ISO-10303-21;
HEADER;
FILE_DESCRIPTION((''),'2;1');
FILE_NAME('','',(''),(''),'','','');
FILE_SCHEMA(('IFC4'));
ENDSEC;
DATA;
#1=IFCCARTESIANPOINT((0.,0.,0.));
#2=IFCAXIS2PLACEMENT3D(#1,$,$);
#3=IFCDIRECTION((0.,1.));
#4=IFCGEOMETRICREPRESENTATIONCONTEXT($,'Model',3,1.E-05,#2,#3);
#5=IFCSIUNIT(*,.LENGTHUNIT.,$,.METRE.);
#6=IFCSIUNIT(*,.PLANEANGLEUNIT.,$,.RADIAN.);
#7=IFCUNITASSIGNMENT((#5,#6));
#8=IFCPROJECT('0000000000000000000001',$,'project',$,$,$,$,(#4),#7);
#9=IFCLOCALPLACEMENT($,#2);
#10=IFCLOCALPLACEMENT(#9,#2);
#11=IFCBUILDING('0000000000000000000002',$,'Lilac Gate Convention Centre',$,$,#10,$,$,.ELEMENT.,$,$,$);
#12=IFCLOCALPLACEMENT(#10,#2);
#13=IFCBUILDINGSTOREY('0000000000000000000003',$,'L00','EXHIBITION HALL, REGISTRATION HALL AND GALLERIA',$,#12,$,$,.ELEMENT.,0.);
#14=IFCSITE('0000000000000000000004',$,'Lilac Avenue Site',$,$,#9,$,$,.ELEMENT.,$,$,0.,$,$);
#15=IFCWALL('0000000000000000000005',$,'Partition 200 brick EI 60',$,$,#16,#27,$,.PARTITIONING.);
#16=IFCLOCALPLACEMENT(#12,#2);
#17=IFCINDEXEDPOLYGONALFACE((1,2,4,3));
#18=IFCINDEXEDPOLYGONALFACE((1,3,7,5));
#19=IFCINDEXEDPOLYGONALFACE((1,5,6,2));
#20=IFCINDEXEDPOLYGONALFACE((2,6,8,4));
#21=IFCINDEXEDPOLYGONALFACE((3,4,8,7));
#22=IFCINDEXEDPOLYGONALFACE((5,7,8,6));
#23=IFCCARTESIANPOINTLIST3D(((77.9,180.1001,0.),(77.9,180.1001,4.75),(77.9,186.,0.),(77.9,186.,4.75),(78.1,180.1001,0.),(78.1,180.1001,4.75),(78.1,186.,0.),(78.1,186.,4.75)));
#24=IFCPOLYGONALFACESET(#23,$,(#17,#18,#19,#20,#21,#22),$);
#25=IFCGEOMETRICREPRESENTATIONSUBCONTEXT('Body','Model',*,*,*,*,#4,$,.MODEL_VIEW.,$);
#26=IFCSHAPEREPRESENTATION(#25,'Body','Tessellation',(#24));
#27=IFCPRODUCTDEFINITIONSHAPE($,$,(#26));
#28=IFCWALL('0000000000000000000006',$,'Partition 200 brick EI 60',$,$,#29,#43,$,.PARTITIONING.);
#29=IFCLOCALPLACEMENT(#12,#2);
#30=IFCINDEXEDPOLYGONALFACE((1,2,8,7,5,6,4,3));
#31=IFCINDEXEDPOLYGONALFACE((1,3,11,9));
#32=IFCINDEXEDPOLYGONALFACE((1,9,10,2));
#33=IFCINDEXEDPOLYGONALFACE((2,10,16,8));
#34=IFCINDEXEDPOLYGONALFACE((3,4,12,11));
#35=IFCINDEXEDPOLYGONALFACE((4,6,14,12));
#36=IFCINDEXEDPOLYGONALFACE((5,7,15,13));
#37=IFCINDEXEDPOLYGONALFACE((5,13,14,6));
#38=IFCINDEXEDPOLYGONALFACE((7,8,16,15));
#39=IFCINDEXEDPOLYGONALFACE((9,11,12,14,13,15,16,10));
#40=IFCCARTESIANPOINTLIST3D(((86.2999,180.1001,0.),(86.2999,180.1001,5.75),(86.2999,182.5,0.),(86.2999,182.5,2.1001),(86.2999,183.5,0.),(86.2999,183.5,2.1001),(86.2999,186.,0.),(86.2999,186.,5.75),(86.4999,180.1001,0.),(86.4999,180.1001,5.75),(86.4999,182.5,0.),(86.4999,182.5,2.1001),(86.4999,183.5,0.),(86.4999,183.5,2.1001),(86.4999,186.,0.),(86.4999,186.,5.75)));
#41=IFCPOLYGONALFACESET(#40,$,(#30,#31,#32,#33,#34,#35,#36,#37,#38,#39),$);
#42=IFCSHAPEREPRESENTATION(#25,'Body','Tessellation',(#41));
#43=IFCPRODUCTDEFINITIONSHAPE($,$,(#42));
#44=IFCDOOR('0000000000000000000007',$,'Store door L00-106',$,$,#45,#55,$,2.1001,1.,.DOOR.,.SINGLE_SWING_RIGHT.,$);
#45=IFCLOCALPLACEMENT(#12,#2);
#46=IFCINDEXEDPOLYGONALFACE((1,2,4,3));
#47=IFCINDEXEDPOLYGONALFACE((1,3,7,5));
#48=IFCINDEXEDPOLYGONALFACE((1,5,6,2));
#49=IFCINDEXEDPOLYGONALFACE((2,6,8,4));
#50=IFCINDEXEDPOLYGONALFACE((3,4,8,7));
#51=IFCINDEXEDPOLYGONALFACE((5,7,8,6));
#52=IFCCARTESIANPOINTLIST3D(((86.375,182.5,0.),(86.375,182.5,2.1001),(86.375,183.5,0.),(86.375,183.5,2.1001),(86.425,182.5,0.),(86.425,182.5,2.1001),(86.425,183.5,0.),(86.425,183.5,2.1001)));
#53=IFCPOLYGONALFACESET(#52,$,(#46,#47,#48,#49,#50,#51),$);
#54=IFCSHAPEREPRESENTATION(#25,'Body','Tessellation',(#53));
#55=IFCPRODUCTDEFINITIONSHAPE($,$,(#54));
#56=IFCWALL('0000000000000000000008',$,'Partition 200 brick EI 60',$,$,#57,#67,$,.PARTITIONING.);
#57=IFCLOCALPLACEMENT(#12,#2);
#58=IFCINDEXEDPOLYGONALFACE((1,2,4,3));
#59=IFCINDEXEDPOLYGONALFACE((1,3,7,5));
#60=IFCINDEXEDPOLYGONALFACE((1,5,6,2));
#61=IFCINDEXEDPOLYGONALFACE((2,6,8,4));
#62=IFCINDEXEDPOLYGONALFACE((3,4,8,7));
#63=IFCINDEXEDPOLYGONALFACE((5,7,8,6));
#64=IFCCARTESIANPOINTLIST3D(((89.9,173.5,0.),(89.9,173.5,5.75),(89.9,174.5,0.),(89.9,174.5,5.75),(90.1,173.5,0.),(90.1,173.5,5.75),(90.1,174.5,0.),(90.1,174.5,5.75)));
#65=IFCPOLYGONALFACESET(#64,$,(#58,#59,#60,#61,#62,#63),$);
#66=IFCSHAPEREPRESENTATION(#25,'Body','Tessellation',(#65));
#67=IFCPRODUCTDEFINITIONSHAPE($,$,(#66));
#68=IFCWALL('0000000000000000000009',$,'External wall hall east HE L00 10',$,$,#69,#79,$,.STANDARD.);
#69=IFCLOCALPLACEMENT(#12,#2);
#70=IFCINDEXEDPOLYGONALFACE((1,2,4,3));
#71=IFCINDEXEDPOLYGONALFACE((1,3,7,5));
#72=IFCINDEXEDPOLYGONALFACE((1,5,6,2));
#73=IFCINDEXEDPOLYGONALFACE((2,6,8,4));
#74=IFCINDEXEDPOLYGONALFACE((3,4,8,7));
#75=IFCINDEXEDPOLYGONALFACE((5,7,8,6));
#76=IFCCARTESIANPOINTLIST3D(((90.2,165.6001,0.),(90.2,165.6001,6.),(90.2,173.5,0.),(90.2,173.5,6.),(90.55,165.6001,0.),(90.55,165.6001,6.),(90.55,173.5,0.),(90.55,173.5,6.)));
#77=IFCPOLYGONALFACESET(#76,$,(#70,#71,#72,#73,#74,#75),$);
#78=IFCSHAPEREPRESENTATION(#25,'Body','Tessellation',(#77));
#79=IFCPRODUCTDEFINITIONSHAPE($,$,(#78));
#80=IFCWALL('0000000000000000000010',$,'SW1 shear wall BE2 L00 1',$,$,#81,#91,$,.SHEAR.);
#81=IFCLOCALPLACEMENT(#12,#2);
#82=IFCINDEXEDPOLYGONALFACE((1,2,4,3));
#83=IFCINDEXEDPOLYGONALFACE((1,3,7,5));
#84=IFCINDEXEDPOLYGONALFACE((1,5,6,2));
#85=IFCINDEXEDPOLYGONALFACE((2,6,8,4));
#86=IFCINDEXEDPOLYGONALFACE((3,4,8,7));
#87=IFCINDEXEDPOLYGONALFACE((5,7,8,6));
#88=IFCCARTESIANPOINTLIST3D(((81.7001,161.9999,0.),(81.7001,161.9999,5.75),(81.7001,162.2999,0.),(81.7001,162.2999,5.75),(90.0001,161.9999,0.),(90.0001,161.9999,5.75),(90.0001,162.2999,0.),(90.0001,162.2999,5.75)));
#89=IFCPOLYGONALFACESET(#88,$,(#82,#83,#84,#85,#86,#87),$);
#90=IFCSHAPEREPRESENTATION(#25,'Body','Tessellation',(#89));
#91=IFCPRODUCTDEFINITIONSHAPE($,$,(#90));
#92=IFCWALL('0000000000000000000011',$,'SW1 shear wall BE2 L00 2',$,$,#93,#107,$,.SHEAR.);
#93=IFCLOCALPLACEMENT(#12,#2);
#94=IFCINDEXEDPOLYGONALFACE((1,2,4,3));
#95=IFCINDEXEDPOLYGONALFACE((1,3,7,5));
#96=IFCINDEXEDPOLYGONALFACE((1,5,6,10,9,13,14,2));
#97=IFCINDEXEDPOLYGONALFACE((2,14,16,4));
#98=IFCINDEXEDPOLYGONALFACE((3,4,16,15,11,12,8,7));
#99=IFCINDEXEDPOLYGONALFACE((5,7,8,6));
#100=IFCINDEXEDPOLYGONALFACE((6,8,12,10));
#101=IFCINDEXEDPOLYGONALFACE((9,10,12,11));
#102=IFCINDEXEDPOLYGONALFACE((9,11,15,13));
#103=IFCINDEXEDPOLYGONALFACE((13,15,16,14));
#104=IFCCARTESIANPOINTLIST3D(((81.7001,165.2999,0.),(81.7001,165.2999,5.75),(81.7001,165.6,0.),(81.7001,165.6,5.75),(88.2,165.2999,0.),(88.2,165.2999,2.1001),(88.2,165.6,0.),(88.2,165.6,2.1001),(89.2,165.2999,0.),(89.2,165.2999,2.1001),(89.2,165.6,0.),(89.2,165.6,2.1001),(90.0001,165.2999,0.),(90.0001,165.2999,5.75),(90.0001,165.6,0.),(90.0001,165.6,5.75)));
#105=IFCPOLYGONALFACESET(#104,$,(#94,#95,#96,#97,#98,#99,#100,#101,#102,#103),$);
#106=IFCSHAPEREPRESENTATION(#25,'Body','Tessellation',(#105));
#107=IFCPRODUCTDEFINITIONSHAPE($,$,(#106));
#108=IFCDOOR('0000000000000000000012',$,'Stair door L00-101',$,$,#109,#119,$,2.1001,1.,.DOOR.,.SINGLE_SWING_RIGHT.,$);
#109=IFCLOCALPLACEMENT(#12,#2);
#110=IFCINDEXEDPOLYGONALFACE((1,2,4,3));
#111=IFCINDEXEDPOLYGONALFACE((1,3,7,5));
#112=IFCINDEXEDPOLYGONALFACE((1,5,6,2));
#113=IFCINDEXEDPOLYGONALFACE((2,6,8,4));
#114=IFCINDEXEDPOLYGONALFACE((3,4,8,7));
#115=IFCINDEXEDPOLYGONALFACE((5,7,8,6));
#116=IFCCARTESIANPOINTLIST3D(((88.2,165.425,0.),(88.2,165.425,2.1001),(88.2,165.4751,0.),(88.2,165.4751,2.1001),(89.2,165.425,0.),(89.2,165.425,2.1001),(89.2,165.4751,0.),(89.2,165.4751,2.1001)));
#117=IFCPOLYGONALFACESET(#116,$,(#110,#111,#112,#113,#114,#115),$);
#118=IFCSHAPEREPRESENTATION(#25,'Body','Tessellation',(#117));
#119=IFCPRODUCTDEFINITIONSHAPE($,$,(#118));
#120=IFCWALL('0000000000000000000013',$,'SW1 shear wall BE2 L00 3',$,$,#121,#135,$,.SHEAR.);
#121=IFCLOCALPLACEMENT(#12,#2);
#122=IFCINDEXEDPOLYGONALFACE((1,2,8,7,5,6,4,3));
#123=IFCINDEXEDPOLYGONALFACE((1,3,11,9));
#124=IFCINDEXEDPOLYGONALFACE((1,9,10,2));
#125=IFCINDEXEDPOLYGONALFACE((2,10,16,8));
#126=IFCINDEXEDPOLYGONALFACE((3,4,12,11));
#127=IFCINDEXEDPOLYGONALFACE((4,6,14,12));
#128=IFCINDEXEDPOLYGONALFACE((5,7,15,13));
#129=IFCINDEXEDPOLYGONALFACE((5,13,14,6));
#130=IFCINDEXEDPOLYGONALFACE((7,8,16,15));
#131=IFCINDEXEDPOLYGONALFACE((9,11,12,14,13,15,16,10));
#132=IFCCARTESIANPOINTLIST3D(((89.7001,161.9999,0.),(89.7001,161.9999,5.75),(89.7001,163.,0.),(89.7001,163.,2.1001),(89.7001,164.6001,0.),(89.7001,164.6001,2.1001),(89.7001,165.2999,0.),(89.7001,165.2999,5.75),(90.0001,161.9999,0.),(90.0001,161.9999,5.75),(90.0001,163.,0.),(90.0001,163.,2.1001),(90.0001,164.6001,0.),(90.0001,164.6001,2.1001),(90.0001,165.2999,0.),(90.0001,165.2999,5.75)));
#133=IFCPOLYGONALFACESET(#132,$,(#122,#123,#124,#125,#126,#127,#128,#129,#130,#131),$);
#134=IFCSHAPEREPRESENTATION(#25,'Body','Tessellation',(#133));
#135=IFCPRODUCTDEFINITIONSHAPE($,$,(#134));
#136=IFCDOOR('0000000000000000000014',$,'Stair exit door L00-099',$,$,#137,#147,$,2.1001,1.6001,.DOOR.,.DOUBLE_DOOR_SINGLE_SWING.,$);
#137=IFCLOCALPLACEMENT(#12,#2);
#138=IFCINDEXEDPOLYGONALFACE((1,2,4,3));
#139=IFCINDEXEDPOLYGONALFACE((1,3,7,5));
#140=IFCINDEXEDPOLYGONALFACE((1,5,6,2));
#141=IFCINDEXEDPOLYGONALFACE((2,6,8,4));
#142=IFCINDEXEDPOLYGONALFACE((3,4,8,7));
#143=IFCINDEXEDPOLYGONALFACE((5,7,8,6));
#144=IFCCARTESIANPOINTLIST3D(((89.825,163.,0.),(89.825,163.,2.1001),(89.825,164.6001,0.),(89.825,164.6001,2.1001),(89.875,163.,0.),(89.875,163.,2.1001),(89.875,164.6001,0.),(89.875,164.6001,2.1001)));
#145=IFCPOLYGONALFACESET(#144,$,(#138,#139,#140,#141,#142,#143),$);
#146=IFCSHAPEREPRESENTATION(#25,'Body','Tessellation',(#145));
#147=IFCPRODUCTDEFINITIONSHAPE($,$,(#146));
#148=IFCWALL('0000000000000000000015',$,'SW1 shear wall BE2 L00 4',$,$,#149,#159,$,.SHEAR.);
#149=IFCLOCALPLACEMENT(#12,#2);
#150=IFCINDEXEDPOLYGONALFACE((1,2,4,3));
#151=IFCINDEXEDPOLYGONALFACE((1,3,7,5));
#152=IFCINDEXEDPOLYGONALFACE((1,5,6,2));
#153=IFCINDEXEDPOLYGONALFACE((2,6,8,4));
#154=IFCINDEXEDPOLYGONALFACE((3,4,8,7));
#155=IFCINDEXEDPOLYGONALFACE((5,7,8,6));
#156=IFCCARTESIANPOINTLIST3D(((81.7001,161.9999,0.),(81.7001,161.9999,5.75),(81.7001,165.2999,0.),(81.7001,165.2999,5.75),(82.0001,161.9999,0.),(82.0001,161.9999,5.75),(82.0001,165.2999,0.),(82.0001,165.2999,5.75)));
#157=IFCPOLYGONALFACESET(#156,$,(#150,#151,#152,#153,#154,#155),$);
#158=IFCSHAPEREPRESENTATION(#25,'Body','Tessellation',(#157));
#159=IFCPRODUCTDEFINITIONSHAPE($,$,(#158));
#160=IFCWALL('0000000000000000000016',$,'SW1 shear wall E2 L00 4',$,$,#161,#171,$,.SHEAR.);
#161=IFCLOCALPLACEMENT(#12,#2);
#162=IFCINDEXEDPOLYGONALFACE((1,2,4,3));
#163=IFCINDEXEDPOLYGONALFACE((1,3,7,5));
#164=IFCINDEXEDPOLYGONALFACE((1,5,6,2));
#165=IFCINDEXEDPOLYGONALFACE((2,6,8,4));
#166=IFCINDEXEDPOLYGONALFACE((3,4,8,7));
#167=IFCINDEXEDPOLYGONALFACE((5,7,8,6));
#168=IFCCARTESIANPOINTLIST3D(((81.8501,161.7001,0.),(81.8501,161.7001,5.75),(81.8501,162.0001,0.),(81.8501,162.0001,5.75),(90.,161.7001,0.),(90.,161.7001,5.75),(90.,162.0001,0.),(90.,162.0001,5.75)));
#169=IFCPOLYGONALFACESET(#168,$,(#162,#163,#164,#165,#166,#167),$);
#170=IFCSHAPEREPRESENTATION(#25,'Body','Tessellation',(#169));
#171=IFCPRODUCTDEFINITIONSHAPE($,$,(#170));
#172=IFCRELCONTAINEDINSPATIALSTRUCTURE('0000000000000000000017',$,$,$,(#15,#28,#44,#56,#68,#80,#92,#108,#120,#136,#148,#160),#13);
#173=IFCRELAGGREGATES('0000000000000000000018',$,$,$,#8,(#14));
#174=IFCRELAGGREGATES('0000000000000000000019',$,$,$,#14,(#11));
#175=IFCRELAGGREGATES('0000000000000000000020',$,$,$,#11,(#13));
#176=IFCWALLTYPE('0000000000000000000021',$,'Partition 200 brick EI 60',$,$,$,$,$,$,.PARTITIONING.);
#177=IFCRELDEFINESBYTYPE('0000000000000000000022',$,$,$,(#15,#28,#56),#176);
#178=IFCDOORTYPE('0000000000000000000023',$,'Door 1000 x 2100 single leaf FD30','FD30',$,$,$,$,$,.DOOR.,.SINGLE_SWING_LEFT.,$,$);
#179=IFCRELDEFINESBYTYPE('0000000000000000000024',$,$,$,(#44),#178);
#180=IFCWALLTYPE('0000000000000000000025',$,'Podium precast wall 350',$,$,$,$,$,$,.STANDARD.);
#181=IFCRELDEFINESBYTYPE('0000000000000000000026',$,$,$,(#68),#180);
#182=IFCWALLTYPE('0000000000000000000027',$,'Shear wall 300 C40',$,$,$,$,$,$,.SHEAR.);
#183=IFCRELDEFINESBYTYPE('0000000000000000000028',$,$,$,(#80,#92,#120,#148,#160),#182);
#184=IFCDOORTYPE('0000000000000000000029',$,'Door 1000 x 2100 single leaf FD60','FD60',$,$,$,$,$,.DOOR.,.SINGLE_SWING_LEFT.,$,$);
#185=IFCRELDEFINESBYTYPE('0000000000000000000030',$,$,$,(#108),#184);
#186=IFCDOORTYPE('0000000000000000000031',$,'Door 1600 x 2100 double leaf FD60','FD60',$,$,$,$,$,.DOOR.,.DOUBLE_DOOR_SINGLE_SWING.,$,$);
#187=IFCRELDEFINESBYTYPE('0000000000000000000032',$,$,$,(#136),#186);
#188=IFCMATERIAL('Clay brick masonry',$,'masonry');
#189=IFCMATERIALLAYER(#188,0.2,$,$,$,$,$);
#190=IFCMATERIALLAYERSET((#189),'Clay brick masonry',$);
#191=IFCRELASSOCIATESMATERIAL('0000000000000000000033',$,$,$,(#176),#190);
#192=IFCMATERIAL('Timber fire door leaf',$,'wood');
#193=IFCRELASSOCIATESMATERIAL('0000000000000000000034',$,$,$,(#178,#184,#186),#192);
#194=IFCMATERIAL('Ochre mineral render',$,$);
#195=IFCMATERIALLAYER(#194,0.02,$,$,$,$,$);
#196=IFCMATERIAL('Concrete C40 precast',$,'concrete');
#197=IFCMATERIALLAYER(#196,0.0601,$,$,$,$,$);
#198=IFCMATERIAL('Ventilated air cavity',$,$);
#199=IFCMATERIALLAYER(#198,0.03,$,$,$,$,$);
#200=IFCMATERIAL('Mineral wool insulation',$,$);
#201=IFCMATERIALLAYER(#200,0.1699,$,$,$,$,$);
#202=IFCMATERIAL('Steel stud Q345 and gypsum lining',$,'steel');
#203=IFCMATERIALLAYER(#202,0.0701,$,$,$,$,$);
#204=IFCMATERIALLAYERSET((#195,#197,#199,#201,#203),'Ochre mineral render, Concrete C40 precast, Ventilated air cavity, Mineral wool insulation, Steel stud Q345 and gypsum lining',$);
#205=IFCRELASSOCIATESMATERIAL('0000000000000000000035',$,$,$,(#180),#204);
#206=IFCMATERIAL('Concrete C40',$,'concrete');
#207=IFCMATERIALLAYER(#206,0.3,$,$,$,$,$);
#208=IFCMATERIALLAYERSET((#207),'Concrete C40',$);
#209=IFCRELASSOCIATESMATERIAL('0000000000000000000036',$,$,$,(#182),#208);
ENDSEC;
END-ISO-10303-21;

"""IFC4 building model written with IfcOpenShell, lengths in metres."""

from ifc_helpers import new_model, si_unit, direction, frame, frame_2d, origin, place, context, subcontext, project, spatial, rectangle, extrude, material, layer, layer_set, type_object, element, fill, save


model = new_model("IFC4")

# Units and contexts
model_context = context("Model", 3, precision=1e-05, world=origin(), true_north=direction((0.0, 1.0)))
body_context = subcontext(model_context, "Body", "Model", "MODEL_VIEW")
ifc_project = project(units=[si_unit("LENGTHUNIT", "METRE"), si_unit("PLANEANGLEUNIT", "RADIAN")], contexts=[model_context])

# Site, building, storey
site_placement = place(None, origin())
site = spatial("IfcSite", under=ifc_project, at=site_placement, Name="Lilac Avenue Site", CompositionType="ELEMENT", RefElevation=0.0)
building_placement = place(site_placement, origin())
building = spatial("IfcBuilding", under=site, at=building_placement, Name="Lilac Gate Convention Centre", CompositionType="ELEMENT")
storey_placement = place(building_placement, origin())
storey = spatial("IfcBuildingStorey", under=building, at=storey_placement, Name="L00", Description="EXHIBITION HALL, REGISTRATION HALL AND GALLERIA", CompositionType="ELEMENT", Elevation=0.0)

# Shared definitions
ifc_material_1 = material(Name="Concrete C40", Category="concrete")

# Shared definitions
ifc_material_2 = material(Name="Clay brick masonry", Category="masonry")

# Shared definitions
ifc_material_3 = material(Name="Timber fire door leaf", Category="wood")

# Wall
ifc_layer_1 = layer(ifc_material_2, 0.2)
ifc_layer_set_1 = layer_set([ifc_layer_1], Name="Clay brick masonry")
wall_type_1 = type_object("IfcWallType", Name="Partition 200 brick EI 60", PredefinedType="PARTITIONING", material=ifc_layer_set_1)
wall_1_placement = place(storey_placement, frame((78.0, 180.1001, 0.0), z_axis=(0.0, 0.0, 1.0), x_axis=(0.0, 1.0, 0.0)))
element("IfcWall", 1, at=wall_1_placement, inside=storey, type_object=wall_type_1, Name="Partition 200 brick EI 60", PredefinedType="PARTITIONING", context=body_context, shape_type="SweptSolid", body=[
    extrude(rectangle(XDim=5.8999, YDim=0.2, at=frame_2d((2.95, 0.0))), origin(), (0.0, 0.0, 1.0), 4.75),
])

# Wall, opening, door
wall_2_placement = place(storey_placement, frame((86.3999, 180.1001, 0.0), z_axis=(0.0, 0.0, 1.0), x_axis=(0.0, 1.0, 0.0)))
wall_2 = element("IfcWall", 2, at=wall_2_placement, inside=storey, type_object=wall_type_1, Name="Partition 200 brick EI 60", PredefinedType="PARTITIONING", context=body_context, shape_type="SweptSolid", body=[
    extrude(rectangle(XDim=5.8999, YDim=0.2, at=frame_2d((2.95, 0.0))), origin(), (0.0, 0.0, 1.0), 5.75),
])
opening_1_placement = place(wall_2_placement, frame((2.3999, 0.0, 0.0)))
opening_1 = element("IfcOpeningElement", 3, at=opening_1_placement, cuts=wall_2, PredefinedType="OPENING", context=body_context, shape_type="SweptSolid", body=[
    extrude(rectangle(XDim=1.0, YDim=2.1001, at=frame_2d((0.5, 1.05))), frame((0.0, 0.1099, 0.0), z_axis=(0.0, -1.0, 0.0), x_axis=(1.0, 0.0, 0.0)), (0.0, 0.0, 1.0), 0.22),
])
door_type_1 = type_object("IfcDoorType", Name="Door 1000 x 2100 single leaf FD30", Description="FD30", OperationType="SINGLE_SWING_LEFT", PredefinedType="DOOR", material=ifc_material_3)
door_1_placement = place(opening_1_placement, origin())
door_1 = element("IfcDoor", 4, at=door_1_placement, inside=storey, type_object=door_type_1, Name="Store door L00-106", OperationType="SINGLE_SWING_RIGHT", OverallHeight=2.1001, OverallWidth=1.0, PredefinedType="DOOR", context=body_context, shape_type="SweptSolid", body=[
    extrude(rectangle(XDim=1.0, YDim=2.1001, at=frame_2d((0.5, 1.05))), frame((0.0, 0.0249, 0.0), z_axis=(0.0, -1.0, 0.0), x_axis=(1.0, 0.0, 0.0)), (0.0, 0.0, 1.0), 0.05),
])
fill(opening_1, door_1)

# Walls
wall_3_placement = place(storey_placement, frame((90.0, 173.5, 0.0), z_axis=(0.0, 0.0, 1.0), x_axis=(0.0, 1.0, 0.0)))
element("IfcWall", 5, at=wall_3_placement, inside=storey, type_object=wall_type_1, Name="Partition 200 brick EI 60", PredefinedType="PARTITIONING", context=body_context, shape_type="SweptSolid", body=[
    extrude(rectangle(XDim=1.0, YDim=0.2, at=frame_2d((0.5, 0.0))), origin(), (0.0, 0.0, 1.0), 5.75),
])
ifc_material_4 = material(Name="Ochre mineral render")
ifc_layer_2 = layer(ifc_material_4, 0.02)
ifc_material_5 = material(Name="Concrete C40 precast", Category="concrete")
ifc_layer_3 = layer(ifc_material_5, 0.0601)
ifc_material_6 = material(Name="Ventilated air cavity")
ifc_layer_4 = layer(ifc_material_6, 0.03)
ifc_material_7 = material(Name="Mineral wool insulation")
ifc_layer_5 = layer(ifc_material_7, 0.1699)
ifc_material_8 = material(Name="Steel stud Q345 and gypsum lining", Category="steel")
ifc_layer_6 = layer(ifc_material_8, 0.0701)
ifc_layer_set_2 = layer_set([ifc_layer_2, ifc_layer_3, ifc_layer_4, ifc_layer_5, ifc_layer_6], Name="Ochre mineral render, Concrete C40 precast, Ventilated air cavity, Mineral wool insulation, Steel stud Q345 and gypsum lining")
wall_type_2 = type_object("IfcWallType", Name="Podium precast wall 350", PredefinedType="STANDARD", material=ifc_layer_set_2)
wall_4_placement = place(storey_placement, frame((90.375, 165.6001, 0.0), z_axis=(0.0, 0.0, 1.0), x_axis=(0.0, 1.0, 0.0)))
element("IfcWall", 6, at=wall_4_placement, inside=storey, type_object=wall_type_2, Name="External wall hall east HE L00 10", PredefinedType="STANDARD", context=body_context, shape_type="SweptSolid", body=[
    extrude(rectangle(XDim=7.8999, YDim=0.3501, at=frame_2d((3.95, 0.0))), origin(), (0.0, 0.0, 1.0), 6.0),
])

# Wall
ifc_layer_7 = layer(ifc_material_1, 0.3)
ifc_layer_set_3 = layer_set([ifc_layer_7], Name="Concrete C40")
wall_type_3 = type_object("IfcWallType", Name="Shear wall 300 C40", PredefinedType="SHEAR", material=ifc_layer_set_3)
wall_5_placement = place(storey_placement, frame((90.0, 162.1499, 0.0), z_axis=(0.0, 0.0, 1.0), x_axis=(-1.0, 0.0, 0.0)))
element("IfcWall", 7, at=wall_5_placement, inside=storey, type_object=wall_type_3, Name="SW1 shear wall BE2 L00 1", PredefinedType="SHEAR", context=body_context, shape_type="SweptSolid", body=[
    extrude(rectangle(XDim=8.3, YDim=0.3, at=frame_2d((4.1499, 0.0))), origin(), (0.0, 0.0, 1.0), 5.75),
])

# Walls, openings, doors
wall_6_placement = place(storey_placement, frame((90.0, 165.45, 0.0), z_axis=(0.0, 0.0, 1.0), x_axis=(-1.0, 0.0, 0.0)))
wall_6 = element("IfcWall", 8, at=wall_6_placement, inside=storey, type_object=wall_type_3, Name="SW1 shear wall BE2 L00 2", PredefinedType="SHEAR", context=body_context, shape_type="SweptSolid", body=[
    extrude(rectangle(XDim=8.3, YDim=0.3, at=frame_2d((4.1499, 0.0))), origin(), (0.0, 0.0, 1.0), 5.75),
])
opening_2_placement = place(wall_6_placement, frame((0.8, 0.0, 0.0)))
opening_2 = element("IfcOpeningElement", 9, at=opening_2_placement, cuts=wall_6, PredefinedType="OPENING", context=body_context, shape_type="SweptSolid", body=[
    extrude(rectangle(XDim=1.0, YDim=2.1001, at=frame_2d((0.5, 1.05))), frame((0.0, 0.1599, 0.0), z_axis=(0.0, -1.0, 0.0), x_axis=(1.0, 0.0, 0.0)), (0.0, 0.0, 1.0), 0.3201),
])
door_type_2 = type_object("IfcDoorType", Name="Door 1000 x 2100 single leaf FD60", Description="FD60", OperationType="SINGLE_SWING_LEFT", PredefinedType="DOOR", material=ifc_material_3)
door_2_placement = place(opening_2_placement, origin())
door_2 = element("IfcDoor", 10, at=door_2_placement, inside=storey, type_object=door_type_2, Name="Stair door L00-101", OperationType="SINGLE_SWING_RIGHT", OverallHeight=2.1001, OverallWidth=1.0, PredefinedType="DOOR", context=body_context, shape_type="SweptSolid", body=[
    extrude(rectangle(XDim=1.0, YDim=2.1001, at=frame_2d((0.5, 1.05))), frame((0.0, 0.0249, 0.0), z_axis=(0.0, -1.0, 0.0), x_axis=(1.0, 0.0, 0.0)), (0.0, 0.0, 1.0), 0.05),
])
fill(opening_2, door_2)
wall_7_placement = place(storey_placement, frame((89.8501, 162.0, 0.0), z_axis=(0.0, 0.0, 1.0), x_axis=(0.0, 1.0, 0.0)))
wall_7 = element("IfcWall", 11, at=wall_7_placement, inside=storey, type_object=wall_type_3, Name="SW1 shear wall BE2 L00 3", PredefinedType="SHEAR", context=body_context, shape_type="SweptSolid", body=[
    extrude(rectangle(XDim=3.3, YDim=0.3, at=frame_2d((1.6499, 0.0))), origin(), (0.0, 0.0, 1.0), 5.75),
])
opening_3_placement = place(wall_7_placement, frame((1.0, 0.0, 0.0)))
opening_3 = element("IfcOpeningElement", 12, at=opening_3_placement, cuts=wall_7, PredefinedType="OPENING", context=body_context, shape_type="SweptSolid", body=[
    extrude(rectangle(XDim=1.6001, YDim=2.1001, at=frame_2d((0.8, 1.05))), frame((0.0, 0.1599, 0.0), z_axis=(0.0, -1.0, 0.0), x_axis=(1.0, 0.0, 0.0)), (0.0, 0.0, 1.0), 0.3201),
])
door_type_3 = type_object("IfcDoorType", Name="Door 1600 x 2100 double leaf FD60", Description="FD60", OperationType="DOUBLE_DOOR_SINGLE_SWING", PredefinedType="DOOR", material=ifc_material_3)
door_3_placement = place(opening_3_placement, frame((1.6001, 0.0, 0.0), z_axis=(0.0, 0.0, 1.0), x_axis=(-1.0, 0.0, 0.0)))
door_3 = element("IfcDoor", 13, at=door_3_placement, inside=storey, type_object=door_type_3, Name="Stair exit door L00-099", OperationType="DOUBLE_DOOR_SINGLE_SWING", OverallHeight=2.1001, OverallWidth=1.6001, PredefinedType="DOOR", context=body_context, shape_type="SweptSolid", body=[
    extrude(rectangle(XDim=1.6001, YDim=2.1001, at=frame_2d((0.8, 1.05))), frame((0.0, 0.0249, 0.0), z_axis=(0.0, -1.0, 0.0), x_axis=(1.0, 0.0, 0.0)), (0.0, 0.0, 1.0), 0.05),
])
fill(opening_3, door_3)

# Walls
wall_8_placement = place(storey_placement, frame((81.8501, 162.0, 0.0), z_axis=(0.0, 0.0, 1.0), x_axis=(0.0, 1.0, 0.0)))
element("IfcWall", 14, at=wall_8_placement, inside=storey, type_object=wall_type_3, Name="SW1 shear wall BE2 L00 4", PredefinedType="SHEAR", context=body_context, shape_type="SweptSolid", body=[
    extrude(rectangle(XDim=3.3, YDim=0.3, at=frame_2d((1.6499, 0.0))), origin(), (0.0, 0.0, 1.0), 5.75),
])
wall_9_placement = place(storey_placement, frame((90.0, 161.8501, 0.0), z_axis=(0.0, 0.0, 1.0), x_axis=(-1.0, 0.0, 0.0)))
element("IfcWall", 15, at=wall_9_placement, inside=storey, type_object=wall_type_3, Name="SW1 shear wall E2 L00 4", PredefinedType="SHEAR", context=body_context, shape_type="SweptSolid", body=[
    extrude(rectangle(XDim=8.1499, YDim=0.3, at=frame_2d((4.075, 0.0))), origin(), (0.0, 0.0, 1.0), 5.75),
])

save(model, "model.ifc")
